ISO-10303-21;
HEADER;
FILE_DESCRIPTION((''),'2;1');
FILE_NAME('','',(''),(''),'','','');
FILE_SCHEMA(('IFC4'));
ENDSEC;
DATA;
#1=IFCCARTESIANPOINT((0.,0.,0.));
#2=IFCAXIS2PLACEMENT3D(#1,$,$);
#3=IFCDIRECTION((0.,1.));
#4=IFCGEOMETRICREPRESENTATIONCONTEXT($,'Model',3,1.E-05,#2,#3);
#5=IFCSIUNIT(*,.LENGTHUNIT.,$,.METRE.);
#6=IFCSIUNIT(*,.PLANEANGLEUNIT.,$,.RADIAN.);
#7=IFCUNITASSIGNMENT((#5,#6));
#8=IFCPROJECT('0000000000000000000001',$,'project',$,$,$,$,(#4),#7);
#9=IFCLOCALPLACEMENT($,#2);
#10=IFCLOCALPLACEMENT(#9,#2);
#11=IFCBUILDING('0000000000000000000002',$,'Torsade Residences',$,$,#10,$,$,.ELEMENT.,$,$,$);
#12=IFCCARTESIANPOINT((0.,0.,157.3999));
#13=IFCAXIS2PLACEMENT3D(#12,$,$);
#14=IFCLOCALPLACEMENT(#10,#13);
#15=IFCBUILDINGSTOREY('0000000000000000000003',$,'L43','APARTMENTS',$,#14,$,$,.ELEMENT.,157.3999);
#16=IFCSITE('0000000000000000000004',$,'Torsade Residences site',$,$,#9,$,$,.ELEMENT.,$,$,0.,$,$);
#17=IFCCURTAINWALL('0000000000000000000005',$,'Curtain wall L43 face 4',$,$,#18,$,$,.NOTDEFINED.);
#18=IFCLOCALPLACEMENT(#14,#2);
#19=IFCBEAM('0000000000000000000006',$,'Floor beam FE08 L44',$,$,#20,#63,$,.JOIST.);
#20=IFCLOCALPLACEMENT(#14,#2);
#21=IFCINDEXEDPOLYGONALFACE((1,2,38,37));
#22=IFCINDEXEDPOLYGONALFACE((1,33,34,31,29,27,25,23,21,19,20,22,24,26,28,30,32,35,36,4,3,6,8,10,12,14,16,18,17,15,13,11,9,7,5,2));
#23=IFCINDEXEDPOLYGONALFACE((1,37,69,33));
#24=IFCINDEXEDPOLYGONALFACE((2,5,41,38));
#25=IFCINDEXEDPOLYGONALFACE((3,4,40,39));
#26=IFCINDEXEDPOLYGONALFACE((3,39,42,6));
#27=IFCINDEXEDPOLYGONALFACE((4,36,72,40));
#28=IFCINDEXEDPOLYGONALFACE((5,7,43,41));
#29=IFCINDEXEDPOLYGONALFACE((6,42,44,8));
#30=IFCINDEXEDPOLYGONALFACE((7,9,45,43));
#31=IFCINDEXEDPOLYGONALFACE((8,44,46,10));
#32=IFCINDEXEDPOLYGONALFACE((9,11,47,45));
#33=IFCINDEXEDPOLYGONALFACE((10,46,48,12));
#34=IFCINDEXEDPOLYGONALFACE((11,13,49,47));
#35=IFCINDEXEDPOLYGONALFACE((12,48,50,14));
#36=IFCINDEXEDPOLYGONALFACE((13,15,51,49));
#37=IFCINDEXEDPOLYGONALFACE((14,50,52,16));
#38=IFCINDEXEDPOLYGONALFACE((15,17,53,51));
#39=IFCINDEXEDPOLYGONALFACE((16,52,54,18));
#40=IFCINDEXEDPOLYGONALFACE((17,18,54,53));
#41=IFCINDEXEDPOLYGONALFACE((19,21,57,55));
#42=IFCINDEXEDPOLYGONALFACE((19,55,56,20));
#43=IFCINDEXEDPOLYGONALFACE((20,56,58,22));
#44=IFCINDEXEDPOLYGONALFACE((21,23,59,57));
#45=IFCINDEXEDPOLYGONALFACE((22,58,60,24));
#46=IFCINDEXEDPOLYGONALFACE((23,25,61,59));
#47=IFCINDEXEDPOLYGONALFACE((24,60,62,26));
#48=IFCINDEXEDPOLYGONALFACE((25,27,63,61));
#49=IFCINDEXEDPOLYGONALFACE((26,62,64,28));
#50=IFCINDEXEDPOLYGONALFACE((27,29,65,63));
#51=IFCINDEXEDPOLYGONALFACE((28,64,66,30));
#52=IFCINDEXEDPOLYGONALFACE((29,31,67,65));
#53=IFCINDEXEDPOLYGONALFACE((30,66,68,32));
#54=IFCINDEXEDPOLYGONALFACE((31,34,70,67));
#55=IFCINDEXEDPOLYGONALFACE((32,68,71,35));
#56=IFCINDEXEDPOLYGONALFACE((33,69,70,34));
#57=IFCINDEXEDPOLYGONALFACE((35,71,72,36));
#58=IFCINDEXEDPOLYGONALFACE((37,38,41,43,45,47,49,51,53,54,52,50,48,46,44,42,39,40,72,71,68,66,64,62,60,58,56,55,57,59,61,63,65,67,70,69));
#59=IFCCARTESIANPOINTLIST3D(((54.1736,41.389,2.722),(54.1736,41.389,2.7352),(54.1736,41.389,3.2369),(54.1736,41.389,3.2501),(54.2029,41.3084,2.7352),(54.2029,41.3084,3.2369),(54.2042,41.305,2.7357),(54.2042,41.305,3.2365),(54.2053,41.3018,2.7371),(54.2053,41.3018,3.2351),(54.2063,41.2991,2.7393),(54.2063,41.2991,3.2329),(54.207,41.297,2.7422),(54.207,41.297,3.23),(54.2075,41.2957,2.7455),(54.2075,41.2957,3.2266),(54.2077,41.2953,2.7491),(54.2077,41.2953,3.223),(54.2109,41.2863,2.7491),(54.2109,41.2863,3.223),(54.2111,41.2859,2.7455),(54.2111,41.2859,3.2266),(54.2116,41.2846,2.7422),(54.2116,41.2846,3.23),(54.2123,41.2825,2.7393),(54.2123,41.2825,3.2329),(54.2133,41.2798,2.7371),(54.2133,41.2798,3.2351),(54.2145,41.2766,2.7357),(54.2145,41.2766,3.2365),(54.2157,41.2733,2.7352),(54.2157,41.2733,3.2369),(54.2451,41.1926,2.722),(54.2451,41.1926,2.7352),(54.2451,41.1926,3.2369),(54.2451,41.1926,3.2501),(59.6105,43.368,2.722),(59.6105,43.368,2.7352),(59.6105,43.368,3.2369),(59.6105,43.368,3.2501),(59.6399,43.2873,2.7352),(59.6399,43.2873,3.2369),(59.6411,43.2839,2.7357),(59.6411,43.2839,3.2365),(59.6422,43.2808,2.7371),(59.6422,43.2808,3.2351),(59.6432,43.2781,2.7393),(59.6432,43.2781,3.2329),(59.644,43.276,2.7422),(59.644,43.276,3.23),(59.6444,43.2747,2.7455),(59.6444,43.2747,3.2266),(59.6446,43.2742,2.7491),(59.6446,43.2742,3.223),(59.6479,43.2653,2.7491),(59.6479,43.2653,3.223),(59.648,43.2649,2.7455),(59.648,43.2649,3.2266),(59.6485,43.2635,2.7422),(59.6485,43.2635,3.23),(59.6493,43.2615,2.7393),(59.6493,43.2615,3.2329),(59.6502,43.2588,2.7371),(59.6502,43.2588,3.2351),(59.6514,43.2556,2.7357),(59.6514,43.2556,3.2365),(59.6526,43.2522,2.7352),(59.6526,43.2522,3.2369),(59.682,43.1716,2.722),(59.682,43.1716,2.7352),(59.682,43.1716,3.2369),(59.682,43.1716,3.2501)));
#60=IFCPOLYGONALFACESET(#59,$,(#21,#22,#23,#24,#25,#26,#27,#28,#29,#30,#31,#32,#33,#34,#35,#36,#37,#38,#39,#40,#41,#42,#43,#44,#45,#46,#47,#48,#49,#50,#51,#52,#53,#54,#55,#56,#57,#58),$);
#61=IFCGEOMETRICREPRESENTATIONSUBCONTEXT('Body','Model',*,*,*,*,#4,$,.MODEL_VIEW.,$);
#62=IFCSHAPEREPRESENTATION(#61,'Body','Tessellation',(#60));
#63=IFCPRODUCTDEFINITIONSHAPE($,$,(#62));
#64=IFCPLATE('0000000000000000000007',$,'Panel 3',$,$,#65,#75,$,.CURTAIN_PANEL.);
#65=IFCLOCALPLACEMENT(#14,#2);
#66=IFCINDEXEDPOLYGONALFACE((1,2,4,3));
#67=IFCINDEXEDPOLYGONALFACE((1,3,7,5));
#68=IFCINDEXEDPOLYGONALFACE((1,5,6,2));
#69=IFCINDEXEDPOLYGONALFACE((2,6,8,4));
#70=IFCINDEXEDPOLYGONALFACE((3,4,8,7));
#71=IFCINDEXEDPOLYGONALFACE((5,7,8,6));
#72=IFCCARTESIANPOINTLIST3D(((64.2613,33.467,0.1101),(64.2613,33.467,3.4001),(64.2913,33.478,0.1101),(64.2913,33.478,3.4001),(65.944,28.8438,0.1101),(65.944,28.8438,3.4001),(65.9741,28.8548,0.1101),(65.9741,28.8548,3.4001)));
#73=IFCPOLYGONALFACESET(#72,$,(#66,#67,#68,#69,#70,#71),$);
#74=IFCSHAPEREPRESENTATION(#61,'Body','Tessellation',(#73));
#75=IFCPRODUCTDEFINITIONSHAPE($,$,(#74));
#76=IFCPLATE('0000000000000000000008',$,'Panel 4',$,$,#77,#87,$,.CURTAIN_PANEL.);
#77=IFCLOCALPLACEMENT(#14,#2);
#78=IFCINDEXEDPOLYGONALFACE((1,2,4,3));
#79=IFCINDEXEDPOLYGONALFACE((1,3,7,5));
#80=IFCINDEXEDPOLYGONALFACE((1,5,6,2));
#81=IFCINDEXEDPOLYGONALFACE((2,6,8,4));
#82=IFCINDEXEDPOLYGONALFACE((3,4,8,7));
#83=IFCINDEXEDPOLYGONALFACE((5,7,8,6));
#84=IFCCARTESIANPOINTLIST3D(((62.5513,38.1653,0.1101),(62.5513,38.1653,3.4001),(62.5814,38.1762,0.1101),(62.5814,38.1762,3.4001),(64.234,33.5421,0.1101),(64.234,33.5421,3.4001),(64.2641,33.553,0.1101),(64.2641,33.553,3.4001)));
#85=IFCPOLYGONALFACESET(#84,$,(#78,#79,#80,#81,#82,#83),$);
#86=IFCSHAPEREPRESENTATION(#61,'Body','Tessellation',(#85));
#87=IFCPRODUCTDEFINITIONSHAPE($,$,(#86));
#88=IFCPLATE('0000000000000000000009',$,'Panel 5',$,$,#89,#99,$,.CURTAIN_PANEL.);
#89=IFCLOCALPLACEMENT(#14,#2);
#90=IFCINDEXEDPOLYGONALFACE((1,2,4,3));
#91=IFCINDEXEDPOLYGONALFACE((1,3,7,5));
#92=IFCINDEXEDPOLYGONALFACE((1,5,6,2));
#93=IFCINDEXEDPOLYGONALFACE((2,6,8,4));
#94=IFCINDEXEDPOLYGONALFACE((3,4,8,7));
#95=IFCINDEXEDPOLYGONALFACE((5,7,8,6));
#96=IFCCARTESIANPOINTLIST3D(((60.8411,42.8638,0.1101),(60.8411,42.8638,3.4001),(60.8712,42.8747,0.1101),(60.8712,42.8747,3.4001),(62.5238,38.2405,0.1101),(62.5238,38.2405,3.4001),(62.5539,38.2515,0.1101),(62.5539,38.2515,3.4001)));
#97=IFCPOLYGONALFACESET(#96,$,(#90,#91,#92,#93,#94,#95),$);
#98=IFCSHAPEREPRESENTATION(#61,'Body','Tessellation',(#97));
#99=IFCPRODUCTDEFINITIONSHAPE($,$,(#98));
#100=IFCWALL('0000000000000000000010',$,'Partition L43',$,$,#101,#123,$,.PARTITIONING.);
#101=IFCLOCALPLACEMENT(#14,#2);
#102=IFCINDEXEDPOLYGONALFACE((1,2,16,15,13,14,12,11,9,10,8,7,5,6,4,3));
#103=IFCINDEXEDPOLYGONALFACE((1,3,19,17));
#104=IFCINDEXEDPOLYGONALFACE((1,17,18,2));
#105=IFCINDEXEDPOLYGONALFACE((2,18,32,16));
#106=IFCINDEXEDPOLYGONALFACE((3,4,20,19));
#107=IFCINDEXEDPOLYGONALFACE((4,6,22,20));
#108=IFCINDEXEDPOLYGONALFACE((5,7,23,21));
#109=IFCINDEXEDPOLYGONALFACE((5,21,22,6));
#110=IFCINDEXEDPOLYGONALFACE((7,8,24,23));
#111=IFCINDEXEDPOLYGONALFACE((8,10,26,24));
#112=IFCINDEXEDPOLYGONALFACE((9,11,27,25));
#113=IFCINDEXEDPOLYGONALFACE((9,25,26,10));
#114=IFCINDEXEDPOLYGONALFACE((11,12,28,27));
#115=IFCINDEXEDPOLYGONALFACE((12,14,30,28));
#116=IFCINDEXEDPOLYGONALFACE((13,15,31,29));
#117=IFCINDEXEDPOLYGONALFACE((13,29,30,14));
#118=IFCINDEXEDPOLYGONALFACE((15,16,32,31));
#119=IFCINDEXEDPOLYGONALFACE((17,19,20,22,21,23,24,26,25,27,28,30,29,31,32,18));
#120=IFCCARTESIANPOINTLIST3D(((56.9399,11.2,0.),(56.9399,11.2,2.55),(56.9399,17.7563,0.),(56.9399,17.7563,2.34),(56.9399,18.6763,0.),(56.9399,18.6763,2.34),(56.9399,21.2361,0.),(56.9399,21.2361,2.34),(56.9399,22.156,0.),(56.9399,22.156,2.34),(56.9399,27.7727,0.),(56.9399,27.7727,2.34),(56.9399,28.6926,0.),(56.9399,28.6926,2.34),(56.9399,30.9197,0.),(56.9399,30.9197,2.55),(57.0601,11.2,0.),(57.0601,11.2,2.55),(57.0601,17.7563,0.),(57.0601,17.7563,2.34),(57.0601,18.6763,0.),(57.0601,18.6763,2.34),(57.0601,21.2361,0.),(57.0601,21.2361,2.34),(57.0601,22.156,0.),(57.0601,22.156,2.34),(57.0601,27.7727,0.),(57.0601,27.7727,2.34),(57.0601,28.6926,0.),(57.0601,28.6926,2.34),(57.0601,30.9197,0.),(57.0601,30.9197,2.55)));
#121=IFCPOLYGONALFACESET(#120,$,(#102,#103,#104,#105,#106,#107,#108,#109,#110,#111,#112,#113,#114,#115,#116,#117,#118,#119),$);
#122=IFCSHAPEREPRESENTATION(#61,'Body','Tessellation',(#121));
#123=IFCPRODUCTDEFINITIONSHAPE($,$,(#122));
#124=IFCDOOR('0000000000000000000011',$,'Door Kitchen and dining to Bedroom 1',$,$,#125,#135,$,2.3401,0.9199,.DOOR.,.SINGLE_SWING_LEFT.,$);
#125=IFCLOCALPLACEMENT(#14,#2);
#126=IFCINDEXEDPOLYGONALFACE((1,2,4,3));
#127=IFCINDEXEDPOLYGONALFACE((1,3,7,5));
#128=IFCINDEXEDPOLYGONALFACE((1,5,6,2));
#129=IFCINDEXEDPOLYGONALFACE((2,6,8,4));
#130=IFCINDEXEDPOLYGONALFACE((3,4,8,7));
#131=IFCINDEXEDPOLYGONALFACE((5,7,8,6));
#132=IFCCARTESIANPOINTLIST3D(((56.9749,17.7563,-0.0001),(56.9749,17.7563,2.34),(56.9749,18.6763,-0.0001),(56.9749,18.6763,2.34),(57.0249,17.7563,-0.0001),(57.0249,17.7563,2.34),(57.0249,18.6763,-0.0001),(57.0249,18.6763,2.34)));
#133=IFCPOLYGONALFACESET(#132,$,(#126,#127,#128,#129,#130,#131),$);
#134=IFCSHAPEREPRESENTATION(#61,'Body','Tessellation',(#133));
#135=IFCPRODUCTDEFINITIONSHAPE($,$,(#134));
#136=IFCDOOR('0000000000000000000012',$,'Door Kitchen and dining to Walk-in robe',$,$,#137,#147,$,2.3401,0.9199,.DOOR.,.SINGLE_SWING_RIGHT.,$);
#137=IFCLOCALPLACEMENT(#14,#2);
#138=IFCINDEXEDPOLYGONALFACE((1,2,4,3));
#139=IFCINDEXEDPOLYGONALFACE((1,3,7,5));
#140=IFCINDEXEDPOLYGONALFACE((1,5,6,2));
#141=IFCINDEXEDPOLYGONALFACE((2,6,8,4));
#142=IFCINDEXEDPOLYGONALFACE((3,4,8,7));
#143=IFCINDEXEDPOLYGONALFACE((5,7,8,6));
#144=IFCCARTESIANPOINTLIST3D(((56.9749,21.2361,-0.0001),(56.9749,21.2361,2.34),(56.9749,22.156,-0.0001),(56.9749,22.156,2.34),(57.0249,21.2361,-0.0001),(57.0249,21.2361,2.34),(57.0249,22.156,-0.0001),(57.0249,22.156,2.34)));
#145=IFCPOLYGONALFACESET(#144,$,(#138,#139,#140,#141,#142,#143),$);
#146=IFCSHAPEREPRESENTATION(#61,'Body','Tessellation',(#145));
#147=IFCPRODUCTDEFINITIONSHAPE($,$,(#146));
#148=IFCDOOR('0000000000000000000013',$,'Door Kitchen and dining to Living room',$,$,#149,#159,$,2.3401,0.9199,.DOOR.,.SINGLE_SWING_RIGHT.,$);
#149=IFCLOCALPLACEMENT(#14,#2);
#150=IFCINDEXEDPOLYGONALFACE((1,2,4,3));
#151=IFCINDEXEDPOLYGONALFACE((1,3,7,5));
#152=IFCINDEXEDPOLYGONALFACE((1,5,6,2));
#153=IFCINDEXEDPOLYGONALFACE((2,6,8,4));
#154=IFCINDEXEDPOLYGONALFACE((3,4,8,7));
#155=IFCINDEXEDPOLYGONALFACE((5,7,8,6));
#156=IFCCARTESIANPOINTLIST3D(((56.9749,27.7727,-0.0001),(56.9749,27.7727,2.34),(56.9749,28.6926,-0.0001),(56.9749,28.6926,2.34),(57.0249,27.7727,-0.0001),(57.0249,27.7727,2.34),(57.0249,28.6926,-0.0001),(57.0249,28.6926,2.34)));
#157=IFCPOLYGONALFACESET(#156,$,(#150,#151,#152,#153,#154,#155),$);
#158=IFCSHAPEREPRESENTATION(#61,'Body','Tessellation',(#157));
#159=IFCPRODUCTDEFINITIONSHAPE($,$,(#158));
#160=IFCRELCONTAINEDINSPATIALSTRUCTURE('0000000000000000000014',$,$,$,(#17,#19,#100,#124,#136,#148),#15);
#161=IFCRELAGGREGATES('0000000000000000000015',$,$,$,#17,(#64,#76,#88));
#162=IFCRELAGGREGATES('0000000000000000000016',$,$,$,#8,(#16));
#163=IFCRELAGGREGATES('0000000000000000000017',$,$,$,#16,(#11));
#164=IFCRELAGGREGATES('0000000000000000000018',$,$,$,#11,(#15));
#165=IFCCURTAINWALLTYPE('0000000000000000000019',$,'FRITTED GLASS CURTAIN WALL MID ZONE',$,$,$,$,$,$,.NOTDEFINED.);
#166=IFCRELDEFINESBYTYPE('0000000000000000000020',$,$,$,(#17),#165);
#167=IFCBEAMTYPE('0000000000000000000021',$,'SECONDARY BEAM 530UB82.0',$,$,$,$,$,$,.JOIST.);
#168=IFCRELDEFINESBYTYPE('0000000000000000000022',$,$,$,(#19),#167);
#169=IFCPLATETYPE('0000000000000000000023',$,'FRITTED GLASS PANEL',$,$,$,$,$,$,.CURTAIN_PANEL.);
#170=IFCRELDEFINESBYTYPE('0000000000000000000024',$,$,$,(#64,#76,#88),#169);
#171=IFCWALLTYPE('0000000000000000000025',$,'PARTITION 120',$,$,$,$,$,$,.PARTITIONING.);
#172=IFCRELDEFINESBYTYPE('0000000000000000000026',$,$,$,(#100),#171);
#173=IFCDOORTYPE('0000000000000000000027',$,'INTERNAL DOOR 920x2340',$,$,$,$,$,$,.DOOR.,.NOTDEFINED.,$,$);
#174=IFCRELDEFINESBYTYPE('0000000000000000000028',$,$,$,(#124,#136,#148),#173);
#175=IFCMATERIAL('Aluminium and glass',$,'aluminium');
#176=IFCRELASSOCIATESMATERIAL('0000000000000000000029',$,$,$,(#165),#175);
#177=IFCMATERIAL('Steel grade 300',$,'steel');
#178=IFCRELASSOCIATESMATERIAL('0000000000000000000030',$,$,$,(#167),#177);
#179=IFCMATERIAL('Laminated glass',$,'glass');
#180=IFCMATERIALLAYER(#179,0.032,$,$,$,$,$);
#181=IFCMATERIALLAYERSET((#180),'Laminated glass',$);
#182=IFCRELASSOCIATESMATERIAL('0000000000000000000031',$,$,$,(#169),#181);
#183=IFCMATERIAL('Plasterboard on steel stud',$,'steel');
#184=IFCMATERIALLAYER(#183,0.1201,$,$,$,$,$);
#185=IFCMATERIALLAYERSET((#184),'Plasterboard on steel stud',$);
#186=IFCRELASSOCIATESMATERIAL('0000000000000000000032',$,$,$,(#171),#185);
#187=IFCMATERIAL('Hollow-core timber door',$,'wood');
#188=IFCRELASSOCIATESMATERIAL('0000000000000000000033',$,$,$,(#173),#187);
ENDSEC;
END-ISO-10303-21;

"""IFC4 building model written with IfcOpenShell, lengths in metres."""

from ifc_helpers import new_model, si_unit, direction, frame, frame_2d, origin, origin_2d, place, context, subcontext, project, spatial, rectangle, i_section, extrude, material, layer, layer_set, material_profile, profile_set, type_object, element, fill, aggregate, save


model = new_model("IFC4")

# Units and contexts
model_context = context("Model", 3, precision=1e-05, world=origin(), true_north=direction((0.0, 1.0)))
body_context = subcontext(model_context, "Body", "Model", "MODEL_VIEW")
ifc_project = project(units=[si_unit("LENGTHUNIT", "METRE"), si_unit("PLANEANGLEUNIT", "RADIAN")], contexts=[model_context])

# Site, building, storey
site_placement = place(None, origin())
site = spatial("IfcSite", under=ifc_project, at=site_placement, Name="Torsade Residences site", CompositionType="ELEMENT", RefElevation=0.0)
building_placement = place(site_placement, origin())
building = spatial("IfcBuilding", under=site, at=building_placement, Name="Torsade Residences", CompositionType="ELEMENT")
storey_placement = place(building_placement, frame((0.0, 0.0, 157.3999)))
storey = spatial("IfcBuildingStorey", under=building, at=storey_placement, Name="L43", Description="APARTMENTS", CompositionType="ELEMENT", Elevation=157.3999)

# Curtain wall
ifc_material_1 = material(Name="Aluminium and glass", Category="aluminium")
curtain_wall_type = type_object("IfcCurtainWallType", Name="FRITTED GLASS CURTAIN WALL MID ZONE", PredefinedType="NOTDEFINED", material=ifc_material_1)
curtain_wall_placement = place(storey_placement, origin())
curtain_wall = element("IfcCurtainWall", 1, at=curtain_wall_placement, inside=storey, type_object=curtain_wall_type, Name="Curtain wall L43 face 4", PredefinedType="NOTDEFINED")

# Beam
ifc_material_2 = material(Name="Steel grade 300", Category="steel")
ifc_material_profile_1 = material_profile(ifc_material_2, i_section(OverallWidth=0.209, OverallDepth=0.5281, WebThickness=0.0095, FlangeThickness=0.0132, FilletRadius=0.0139, at=origin_2d()), Name="530UB82.0")
ifc_profile_set_1 = profile_set([ifc_material_profile_1], Name="Steel grade 300")
beam_type_1 = type_object("IfcBeamType", Name="SECONDARY BEAM 530UB82.0", PredefinedType="JOIST", material=ifc_profile_set_1)
beam_1_placement = place(storey_placement, frame((59.6462, 43.2698, 2.9861), z_axis=(-0.939687, -0.342034, 0.0), x_axis=(0.342034, -0.939687, 0.0)))
element("IfcBeam", 2, at=beam_1_placement, inside=storey, type_object=beam_type_1, Name="Floor beam FE08 L44", PredefinedType="JOIST", context=body_context, shape_type="SweptSolid", body=[
    extrude(i_section(OverallWidth=0.209, OverallDepth=0.5281, WebThickness=0.0095, FlangeThickness=0.0132, FilletRadius=0.0139, at=origin_2d()), origin(), (0.0, 0.0, 1.0), 5.7859),
])

# Plates
ifc_material_3 = material(Name="Laminated glass", Category="glass")
ifc_layer_1 = layer(ifc_material_3, 0.032)
ifc_layer_set_1 = layer_set([ifc_layer_1], Name="Laminated glass")
plate_type = type_object("IfcPlateType", Name="FRITTED GLASS PANEL", PredefinedType="CURTAIN_PANEL", material=ifc_layer_set_1)
plate_1_placement = place(storey_placement, frame((65.1177, 31.1609, 0.1101), z_axis=(0.0, 0.0, 1.0), x_axis=(-0.34202, 0.939693, 0.0)))
plate_1 = element("IfcPlate", 3, at=plate_1_placement, type_object=plate_type, Name="Panel 3", PredefinedType="CURTAIN_PANEL", context=body_context, shape_type="SweptSolid", body=[
    extrude(rectangle(XDim=4.9199, YDim=0.032, at=origin_2d()), origin(), (0.0, 0.0, 1.0), 3.29),
])
plate_2_placement = place(storey_placement, frame((63.4077, 35.8591, 0.1101), z_axis=(0.0, 0.0, 1.0), x_axis=(-0.34202, 0.939693, 0.0)))
plate_2 = element("IfcPlate", 4, at=plate_2_placement, type_object=plate_type, Name="Panel 4", PredefinedType="CURTAIN_PANEL", context=body_context, shape_type="SweptSolid", body=[
    extrude(rectangle(XDim=4.9199, YDim=0.032, at=origin_2d()), origin(), (0.0, 0.0, 1.0), 3.29),
])
plate_3_placement = place(storey_placement, frame((61.6975, 40.5576, 0.1101), z_axis=(0.0, 0.0, 1.0), x_axis=(-0.34202, 0.939693, 0.0)))
plate_3 = element("IfcPlate", 5, at=plate_3_placement, type_object=plate_type, Name="Panel 5", PredefinedType="CURTAIN_PANEL", context=body_context, shape_type="SweptSolid", body=[
    extrude(rectangle(XDim=4.9199, YDim=0.032, at=origin_2d()), origin(), (0.0, 0.0, 1.0), 3.29),
])
aggregate(curtain_wall, [plate_1, plate_2, plate_3])

# Wall, openings, doors
ifc_material_4 = material(Name="Plasterboard on steel stud", Category="steel")
ifc_layer_2 = layer(ifc_material_4, 0.1201)
ifc_layer_set_2 = layer_set([ifc_layer_2], Name="Plasterboard on steel stud")
wall_type_1 = type_object("IfcWallType", Name="PARTITION 120", PredefinedType="PARTITIONING", material=ifc_layer_set_2)
wall_1_placement = place(storey_placement, frame((57.0, 30.9197, 0.0), z_axis=(0.0, 0.0, 1.0), x_axis=(0.0, -1.0, 0.0)))
wall_1 = element("IfcWall", 6, at=wall_1_placement, inside=storey, type_object=wall_type_1, Name="Partition L43", PredefinedType="PARTITIONING", context=body_context, shape_type="SweptSolid", body=[
    extrude(rectangle(XDim=19.7197, YDim=0.1201, at=frame_2d((9.8599, 0.0))), origin(), (0.0, 0.0, 1.0), 2.55),
])
opening_1_placement = place(wall_1_placement, frame((12.2434, 0.0, 0.0)))
opening_1 = element("IfcOpeningElement", 7, at=opening_1_placement, cuts=wall_1, PredefinedType="OPENING", context=body_context, shape_type="SweptSolid", body=[
    extrude(rectangle(XDim=0.9199, YDim=2.3401, at=frame_2d((0.46, 1.1699))), frame((0.0, 0.0701, 0.0), z_axis=(0.0, -1.0, 0.0), x_axis=(1.0, 0.0, 0.0)), (0.0, 0.0, 1.0), 0.1401),
])
opening_2_placement = place(wall_1_placement, frame((8.7637, 0.0, 0.0)))
opening_2 = element("IfcOpeningElement", 8, at=opening_2_placement, cuts=wall_1, PredefinedType="OPENING", context=body_context, shape_type="SweptSolid", body=[
    extrude(rectangle(XDim=0.9199, YDim=2.3401, at=frame_2d((0.46, 1.1699))), frame((0.0, 0.0701, 0.0), z_axis=(0.0, -1.0, 0.0), x_axis=(1.0, 0.0, 0.0)), (0.0, 0.0, 1.0), 0.1401),
])
opening_3_placement = place(wall_1_placement, frame((2.2271, 0.0, 0.0)))
opening_3 = element("IfcOpeningElement", 9, at=opening_3_placement, cuts=wall_1, PredefinedType="OPENING", context=body_context, shape_type="SweptSolid", body=[
    extrude(rectangle(XDim=0.9199, YDim=2.3401, at=frame_2d((0.46, 1.1699))), frame((0.0, 0.0701, 0.0), z_axis=(0.0, -1.0, 0.0), x_axis=(1.0, 0.0, 0.0)), (0.0, 0.0, 1.0), 0.1401),
])
ifc_material_5 = material(Name="Hollow-core timber door", Category="wood")
door_type = type_object("IfcDoorType", Name="INTERNAL DOOR 920x2340", OperationType="NOTDEFINED", PredefinedType="DOOR", material=ifc_material_5)
door_1_placement = place(opening_1_placement, origin())
door_1 = element("IfcDoor", 10, at=door_1_placement, inside=storey, type_object=door_type, Name="Door Kitchen and dining to Bedroom 1", OperationType="SINGLE_SWING_LEFT", OverallHeight=2.3401, OverallWidth=0.9199, PredefinedType="DOOR", context=body_context, shape_type="SweptSolid", body=[
    extrude(rectangle(XDim=0.9199, YDim=2.3401, at=frame_2d((0.46, 1.1699))), frame((0.0, 0.0249, 0.0), z_axis=(0.0, -1.0, 0.0), x_axis=(1.0, 0.0, 0.0)), (0.0, 0.0, 1.0), 0.05),
])
fill(opening_1, door_1)
door_2_placement = place(opening_2_placement, origin())
door_2 = element("IfcDoor", 11, at=door_2_placement, inside=storey, type_object=door_type, Name="Door Kitchen and dining to Walk-in robe", OperationType="SINGLE_SWING_RIGHT", OverallHeight=2.3401, OverallWidth=0.9199, PredefinedType="DOOR", context=body_context, shape_type="SweptSolid", body=[
    extrude(rectangle(XDim=0.9199, YDim=2.3401, at=frame_2d((0.46, 1.1699))), frame((0.0, 0.0249, 0.0), z_axis=(0.0, -1.0, 0.0), x_axis=(1.0, 0.0, 0.0)), (0.0, 0.0, 1.0), 0.05),
])
fill(opening_2, door_2)
door_3_placement = place(opening_3_placement, origin())
door_3 = element("IfcDoor", 12, at=door_3_placement, inside=storey, type_object=door_type, Name="Door Kitchen and dining to Living room", OperationType="SINGLE_SWING_RIGHT", OverallHeight=2.3401, OverallWidth=0.9199, PredefinedType="DOOR", context=body_context, shape_type="SweptSolid", body=[
    extrude(rectangle(XDim=0.9199, YDim=2.3401, at=frame_2d((0.46, 1.1699))), frame((0.0, 0.0249, 0.0), z_axis=(0.0, -1.0, 0.0), x_axis=(1.0, 0.0, 0.0)), (0.0, 0.0, 1.0), 0.05),
])
fill(opening_3, door_3)

save(model, "model.ifc")
